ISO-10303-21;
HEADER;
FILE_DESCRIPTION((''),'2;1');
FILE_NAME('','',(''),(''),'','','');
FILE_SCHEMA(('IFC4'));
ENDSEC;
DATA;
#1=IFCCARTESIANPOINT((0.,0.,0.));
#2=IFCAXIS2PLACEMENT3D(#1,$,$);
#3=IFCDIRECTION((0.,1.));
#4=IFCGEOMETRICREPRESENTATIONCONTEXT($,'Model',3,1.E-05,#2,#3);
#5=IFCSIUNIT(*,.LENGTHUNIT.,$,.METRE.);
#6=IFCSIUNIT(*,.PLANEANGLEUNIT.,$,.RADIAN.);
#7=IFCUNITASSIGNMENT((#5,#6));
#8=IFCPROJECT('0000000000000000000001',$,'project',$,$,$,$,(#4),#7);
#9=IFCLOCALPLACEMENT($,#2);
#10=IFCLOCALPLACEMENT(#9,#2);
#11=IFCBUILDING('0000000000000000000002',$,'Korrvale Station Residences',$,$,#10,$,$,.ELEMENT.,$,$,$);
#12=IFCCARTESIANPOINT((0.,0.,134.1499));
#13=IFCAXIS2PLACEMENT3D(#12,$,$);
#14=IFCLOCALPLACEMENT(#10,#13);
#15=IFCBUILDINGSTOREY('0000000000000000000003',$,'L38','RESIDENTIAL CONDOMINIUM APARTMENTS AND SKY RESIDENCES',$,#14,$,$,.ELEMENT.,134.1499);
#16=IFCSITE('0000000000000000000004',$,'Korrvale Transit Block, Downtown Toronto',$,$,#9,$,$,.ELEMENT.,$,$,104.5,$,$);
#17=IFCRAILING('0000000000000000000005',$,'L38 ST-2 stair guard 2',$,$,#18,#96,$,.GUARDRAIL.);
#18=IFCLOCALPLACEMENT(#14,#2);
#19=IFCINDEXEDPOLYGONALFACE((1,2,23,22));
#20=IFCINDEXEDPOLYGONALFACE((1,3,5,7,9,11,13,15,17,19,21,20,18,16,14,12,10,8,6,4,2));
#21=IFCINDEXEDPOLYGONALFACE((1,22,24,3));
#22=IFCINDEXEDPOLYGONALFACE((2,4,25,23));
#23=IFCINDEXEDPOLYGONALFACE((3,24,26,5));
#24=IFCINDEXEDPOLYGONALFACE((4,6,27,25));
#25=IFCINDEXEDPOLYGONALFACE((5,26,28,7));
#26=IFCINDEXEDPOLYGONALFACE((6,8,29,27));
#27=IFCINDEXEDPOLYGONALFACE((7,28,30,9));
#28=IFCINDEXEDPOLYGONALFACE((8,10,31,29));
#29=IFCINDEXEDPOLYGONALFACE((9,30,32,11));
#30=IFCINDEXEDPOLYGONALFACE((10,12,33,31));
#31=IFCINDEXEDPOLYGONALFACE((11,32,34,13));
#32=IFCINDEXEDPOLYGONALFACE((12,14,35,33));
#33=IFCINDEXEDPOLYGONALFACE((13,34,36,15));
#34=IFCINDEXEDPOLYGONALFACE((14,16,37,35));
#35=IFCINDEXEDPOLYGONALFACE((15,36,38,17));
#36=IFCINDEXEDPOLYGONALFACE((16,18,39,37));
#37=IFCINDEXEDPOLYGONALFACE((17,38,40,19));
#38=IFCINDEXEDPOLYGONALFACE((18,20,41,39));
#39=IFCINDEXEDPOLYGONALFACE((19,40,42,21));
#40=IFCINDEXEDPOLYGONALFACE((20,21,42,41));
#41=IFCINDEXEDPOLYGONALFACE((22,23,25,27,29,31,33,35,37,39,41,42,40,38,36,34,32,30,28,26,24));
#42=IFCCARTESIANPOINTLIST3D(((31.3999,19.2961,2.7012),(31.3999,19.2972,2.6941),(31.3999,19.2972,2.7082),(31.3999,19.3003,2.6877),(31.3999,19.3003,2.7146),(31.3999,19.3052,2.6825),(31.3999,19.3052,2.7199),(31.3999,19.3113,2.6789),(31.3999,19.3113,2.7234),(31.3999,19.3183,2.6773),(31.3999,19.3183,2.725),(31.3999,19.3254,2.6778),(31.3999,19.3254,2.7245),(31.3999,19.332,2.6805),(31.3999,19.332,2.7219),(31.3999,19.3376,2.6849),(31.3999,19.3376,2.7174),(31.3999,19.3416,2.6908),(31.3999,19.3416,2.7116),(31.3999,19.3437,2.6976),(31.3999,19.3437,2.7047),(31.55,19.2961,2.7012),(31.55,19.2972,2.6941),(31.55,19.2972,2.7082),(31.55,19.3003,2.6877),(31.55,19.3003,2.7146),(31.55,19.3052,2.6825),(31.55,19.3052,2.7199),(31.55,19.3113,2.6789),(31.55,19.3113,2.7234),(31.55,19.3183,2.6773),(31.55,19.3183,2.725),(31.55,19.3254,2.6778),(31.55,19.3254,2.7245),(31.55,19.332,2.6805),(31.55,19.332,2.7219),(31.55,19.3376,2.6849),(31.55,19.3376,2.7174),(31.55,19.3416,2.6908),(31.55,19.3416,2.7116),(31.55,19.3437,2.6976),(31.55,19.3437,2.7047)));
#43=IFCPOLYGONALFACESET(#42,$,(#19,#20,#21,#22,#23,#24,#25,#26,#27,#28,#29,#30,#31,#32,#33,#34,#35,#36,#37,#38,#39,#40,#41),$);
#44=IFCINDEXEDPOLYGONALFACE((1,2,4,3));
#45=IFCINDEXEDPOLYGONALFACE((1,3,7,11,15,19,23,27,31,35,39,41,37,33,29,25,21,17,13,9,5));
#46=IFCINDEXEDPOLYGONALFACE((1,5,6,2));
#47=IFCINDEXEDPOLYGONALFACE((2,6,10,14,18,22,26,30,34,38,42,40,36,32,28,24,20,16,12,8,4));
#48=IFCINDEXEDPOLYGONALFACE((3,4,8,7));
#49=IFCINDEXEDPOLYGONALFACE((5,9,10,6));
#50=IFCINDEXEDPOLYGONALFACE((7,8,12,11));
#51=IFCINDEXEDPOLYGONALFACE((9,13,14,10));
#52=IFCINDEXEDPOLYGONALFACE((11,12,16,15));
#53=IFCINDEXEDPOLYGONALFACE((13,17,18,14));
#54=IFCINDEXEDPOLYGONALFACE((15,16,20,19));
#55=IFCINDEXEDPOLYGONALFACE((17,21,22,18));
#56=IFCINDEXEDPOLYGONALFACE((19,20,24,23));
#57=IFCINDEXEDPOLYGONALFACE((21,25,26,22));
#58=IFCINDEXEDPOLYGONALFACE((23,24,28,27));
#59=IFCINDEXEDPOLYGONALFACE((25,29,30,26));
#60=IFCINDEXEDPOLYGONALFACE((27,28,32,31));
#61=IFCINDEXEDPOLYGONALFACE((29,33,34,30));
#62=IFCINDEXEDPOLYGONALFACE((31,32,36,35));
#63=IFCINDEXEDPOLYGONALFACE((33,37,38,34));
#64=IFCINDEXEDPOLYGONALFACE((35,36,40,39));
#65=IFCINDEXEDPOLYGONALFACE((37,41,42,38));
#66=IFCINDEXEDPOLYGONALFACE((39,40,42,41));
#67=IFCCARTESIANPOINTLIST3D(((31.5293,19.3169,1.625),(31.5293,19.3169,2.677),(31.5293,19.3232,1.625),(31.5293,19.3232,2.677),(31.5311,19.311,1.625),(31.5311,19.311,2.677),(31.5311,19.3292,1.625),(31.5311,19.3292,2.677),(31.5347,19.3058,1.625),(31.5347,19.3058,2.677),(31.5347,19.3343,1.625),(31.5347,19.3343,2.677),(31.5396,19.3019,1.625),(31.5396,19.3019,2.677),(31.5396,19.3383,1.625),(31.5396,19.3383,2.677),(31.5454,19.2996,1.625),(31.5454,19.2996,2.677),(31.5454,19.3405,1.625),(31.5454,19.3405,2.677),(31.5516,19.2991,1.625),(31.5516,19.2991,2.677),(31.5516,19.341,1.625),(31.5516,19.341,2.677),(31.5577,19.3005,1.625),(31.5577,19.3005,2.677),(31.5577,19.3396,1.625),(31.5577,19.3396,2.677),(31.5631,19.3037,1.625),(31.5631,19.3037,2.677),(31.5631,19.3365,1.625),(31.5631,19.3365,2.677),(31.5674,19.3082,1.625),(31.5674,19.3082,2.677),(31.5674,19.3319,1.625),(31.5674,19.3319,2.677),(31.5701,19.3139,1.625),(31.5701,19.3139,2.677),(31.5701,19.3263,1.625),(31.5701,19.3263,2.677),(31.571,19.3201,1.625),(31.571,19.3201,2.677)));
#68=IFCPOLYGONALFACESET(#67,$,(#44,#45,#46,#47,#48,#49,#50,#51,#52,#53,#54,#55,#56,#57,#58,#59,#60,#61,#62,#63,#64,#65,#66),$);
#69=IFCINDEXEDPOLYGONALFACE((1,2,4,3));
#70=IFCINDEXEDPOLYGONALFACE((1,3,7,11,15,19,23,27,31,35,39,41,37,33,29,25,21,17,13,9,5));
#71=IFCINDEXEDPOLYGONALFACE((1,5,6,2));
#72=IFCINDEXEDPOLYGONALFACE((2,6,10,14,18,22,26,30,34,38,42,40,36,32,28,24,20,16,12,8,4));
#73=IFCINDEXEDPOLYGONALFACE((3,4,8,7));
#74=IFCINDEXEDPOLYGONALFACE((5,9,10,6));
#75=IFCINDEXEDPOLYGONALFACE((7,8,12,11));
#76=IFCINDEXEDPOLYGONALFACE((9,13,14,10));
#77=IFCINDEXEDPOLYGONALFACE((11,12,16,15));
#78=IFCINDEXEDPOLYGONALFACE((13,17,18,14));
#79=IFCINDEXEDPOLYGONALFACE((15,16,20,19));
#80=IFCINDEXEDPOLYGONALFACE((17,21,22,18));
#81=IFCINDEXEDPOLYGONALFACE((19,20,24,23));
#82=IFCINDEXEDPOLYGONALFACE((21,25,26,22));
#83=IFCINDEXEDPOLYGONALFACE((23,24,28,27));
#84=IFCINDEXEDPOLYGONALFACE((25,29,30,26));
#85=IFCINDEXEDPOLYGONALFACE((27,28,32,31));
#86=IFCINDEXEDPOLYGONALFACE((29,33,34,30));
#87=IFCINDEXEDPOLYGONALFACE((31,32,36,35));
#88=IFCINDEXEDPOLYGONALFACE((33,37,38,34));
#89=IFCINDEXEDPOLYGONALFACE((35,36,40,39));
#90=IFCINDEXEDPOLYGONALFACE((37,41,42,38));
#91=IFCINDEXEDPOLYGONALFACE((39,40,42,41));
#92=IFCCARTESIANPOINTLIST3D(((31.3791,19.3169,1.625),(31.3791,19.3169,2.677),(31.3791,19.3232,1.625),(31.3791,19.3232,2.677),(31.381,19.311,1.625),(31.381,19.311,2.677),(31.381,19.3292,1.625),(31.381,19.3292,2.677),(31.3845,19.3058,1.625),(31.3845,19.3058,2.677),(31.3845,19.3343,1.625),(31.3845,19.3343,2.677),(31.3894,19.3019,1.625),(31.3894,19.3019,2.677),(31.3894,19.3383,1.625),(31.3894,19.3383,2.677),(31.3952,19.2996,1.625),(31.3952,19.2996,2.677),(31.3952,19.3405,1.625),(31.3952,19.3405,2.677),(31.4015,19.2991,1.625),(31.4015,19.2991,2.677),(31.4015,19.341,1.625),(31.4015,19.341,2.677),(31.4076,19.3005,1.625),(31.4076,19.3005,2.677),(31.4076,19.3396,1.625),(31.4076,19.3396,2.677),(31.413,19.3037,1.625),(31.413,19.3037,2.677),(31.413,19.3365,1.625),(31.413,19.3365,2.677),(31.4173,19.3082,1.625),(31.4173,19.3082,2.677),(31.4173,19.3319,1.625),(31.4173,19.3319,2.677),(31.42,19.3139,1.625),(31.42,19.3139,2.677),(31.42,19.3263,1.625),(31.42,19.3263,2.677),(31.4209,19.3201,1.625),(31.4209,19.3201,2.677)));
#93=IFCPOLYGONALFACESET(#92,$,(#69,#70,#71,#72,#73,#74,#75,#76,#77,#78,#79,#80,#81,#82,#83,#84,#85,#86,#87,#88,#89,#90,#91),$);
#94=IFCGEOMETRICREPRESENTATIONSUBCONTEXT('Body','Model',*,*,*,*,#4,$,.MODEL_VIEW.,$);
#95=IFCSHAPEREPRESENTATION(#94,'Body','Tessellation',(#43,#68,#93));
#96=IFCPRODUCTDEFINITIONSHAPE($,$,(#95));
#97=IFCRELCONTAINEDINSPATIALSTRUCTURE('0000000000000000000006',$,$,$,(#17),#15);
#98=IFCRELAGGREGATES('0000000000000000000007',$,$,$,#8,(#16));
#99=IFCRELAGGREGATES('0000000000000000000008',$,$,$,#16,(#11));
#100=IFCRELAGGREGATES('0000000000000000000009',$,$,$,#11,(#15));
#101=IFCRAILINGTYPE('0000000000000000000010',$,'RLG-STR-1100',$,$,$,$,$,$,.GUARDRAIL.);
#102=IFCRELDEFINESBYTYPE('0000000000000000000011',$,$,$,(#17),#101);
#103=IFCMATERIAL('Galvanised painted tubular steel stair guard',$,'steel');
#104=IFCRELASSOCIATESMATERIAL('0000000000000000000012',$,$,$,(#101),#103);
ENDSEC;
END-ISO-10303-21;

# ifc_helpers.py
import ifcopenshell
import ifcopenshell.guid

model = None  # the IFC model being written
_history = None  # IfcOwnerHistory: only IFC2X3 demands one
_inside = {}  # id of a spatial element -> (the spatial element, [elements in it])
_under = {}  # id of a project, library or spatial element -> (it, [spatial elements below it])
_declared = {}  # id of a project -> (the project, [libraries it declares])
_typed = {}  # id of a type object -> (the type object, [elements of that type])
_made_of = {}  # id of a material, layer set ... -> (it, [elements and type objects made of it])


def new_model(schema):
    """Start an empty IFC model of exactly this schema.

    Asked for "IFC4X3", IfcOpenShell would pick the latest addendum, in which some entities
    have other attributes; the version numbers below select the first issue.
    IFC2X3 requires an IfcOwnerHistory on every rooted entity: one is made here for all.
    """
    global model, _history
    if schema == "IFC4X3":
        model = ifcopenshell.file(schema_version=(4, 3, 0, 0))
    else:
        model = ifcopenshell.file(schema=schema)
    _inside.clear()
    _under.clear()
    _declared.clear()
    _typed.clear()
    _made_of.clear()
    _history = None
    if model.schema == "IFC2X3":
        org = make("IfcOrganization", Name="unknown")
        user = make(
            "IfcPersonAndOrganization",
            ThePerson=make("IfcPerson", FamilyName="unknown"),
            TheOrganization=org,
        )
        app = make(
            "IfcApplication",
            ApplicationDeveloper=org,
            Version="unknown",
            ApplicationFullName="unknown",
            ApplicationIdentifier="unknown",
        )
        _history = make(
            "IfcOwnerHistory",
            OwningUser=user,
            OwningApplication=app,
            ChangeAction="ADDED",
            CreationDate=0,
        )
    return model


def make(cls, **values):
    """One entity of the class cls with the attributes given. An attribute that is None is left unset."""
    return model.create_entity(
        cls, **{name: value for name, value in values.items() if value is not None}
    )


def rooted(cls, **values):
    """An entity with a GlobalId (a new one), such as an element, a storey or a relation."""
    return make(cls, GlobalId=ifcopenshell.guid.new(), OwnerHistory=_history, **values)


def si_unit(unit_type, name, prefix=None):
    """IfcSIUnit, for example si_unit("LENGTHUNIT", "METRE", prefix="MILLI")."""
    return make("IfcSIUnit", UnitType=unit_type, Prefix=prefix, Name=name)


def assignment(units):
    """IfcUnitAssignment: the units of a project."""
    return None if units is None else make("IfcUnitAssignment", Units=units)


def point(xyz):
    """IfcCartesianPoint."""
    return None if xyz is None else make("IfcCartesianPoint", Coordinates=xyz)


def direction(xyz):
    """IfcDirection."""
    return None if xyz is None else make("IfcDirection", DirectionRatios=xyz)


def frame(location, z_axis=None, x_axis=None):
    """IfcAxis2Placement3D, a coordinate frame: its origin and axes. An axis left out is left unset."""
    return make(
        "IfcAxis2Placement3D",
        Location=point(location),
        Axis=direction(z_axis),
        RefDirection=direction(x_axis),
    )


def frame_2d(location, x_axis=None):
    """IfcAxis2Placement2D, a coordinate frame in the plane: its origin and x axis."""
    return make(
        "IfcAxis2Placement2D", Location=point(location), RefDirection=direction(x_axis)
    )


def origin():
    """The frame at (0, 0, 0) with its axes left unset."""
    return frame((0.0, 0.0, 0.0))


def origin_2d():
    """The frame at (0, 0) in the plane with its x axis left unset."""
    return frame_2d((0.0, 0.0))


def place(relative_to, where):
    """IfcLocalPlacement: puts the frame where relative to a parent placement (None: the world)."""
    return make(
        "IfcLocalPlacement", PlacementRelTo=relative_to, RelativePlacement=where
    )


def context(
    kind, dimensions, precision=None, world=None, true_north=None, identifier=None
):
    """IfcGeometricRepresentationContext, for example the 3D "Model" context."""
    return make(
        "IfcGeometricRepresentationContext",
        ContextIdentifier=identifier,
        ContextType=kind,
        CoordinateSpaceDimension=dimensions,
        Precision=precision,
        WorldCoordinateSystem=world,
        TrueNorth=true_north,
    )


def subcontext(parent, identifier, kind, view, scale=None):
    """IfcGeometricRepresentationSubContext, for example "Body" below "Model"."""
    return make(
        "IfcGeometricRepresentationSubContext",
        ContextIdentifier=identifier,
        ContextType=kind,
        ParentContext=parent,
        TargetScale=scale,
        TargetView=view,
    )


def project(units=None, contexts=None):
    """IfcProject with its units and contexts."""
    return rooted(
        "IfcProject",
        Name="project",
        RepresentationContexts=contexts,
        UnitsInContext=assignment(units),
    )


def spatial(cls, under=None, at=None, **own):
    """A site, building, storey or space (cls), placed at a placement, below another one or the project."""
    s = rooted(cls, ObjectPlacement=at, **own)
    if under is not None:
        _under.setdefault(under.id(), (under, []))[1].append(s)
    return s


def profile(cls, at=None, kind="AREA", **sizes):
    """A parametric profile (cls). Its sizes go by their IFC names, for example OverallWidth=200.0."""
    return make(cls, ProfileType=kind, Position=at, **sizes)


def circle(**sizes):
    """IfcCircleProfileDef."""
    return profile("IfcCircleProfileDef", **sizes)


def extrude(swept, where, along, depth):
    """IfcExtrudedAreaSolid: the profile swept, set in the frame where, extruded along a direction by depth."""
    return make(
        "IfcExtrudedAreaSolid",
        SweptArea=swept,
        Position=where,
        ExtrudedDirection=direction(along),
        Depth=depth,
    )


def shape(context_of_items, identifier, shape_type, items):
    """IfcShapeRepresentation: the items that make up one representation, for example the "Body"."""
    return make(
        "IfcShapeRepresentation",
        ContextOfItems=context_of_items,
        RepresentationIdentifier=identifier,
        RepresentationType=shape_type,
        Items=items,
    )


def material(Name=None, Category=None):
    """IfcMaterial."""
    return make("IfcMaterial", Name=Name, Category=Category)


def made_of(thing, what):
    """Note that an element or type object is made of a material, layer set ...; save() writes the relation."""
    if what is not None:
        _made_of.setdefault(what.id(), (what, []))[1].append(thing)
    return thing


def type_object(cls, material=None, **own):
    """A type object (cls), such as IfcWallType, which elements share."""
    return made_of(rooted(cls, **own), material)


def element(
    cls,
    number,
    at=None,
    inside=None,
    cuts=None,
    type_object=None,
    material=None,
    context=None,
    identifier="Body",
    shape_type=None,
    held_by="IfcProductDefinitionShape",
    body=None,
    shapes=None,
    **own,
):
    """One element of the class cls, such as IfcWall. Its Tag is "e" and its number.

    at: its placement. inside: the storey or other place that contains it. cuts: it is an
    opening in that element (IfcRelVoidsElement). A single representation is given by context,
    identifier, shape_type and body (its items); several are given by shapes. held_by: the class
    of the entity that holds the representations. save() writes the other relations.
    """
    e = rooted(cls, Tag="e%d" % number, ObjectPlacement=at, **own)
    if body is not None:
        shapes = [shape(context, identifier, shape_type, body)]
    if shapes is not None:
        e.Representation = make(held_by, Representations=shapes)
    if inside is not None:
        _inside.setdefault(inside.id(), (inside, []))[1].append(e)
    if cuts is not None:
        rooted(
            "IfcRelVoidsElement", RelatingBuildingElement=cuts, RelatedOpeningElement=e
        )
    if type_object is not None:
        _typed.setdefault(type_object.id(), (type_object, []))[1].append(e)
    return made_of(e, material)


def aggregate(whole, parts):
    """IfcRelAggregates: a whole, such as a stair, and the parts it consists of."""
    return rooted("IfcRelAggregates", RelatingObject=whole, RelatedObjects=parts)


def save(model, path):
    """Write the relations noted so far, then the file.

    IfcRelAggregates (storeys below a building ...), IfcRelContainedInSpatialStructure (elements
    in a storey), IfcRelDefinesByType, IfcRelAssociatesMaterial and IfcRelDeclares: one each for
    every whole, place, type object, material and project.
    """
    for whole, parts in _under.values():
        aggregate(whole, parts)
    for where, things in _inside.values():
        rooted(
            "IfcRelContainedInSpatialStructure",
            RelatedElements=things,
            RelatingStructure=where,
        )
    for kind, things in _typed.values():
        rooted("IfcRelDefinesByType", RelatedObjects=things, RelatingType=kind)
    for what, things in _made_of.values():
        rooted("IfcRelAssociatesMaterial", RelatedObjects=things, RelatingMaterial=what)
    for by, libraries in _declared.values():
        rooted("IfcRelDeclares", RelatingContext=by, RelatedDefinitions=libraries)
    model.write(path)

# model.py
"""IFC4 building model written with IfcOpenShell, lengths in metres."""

from ifc_helpers import new_model, si_unit, direction, frame, origin, origin_2d, place, context, subcontext, project, spatial, circle, extrude, material, type_object, element, save


model = new_model("IFC4")

# Units and contexts
model_context = context("Model", 3, precision=1e-05, world=origin(), true_north=direction((0.0, 1.0)))
body_context = subcontext(model_context, "Body", "Model", "MODEL_VIEW")
ifc_project = project(units=[si_unit("LENGTHUNIT", "METRE"), si_unit("PLANEANGLEUNIT", "RADIAN")], contexts=[model_context])

# Site, building, storey
site_placement = place(None, origin())
site = spatial("IfcSite", under=ifc_project, at=site_placement, Name="Korrvale Transit Block, Downtown Toronto", CompositionType="ELEMENT", RefElevation=104.5)
building_placement = place(site_placement, origin())
building = spatial("IfcBuilding", under=site, at=building_placement, Name="Korrvale Station Residences", CompositionType="ELEMENT")
storey_placement = place(building_placement, frame((0.0, 0.0, 134.1499)))
storey = spatial("IfcBuildingStorey", under=building, at=storey_placement, Name="L38", Description="RESIDENTIAL CONDOMINIUM APARTMENTS AND SKY RESIDENCES", CompositionType="ELEMENT", Elevation=134.1499)

# Railing
ifc_material_1 = material(Name="Galvanised painted tubular steel stair guard", Category="steel")
railing_type_1 = type_object("IfcRailingType", Name="RLG-STR-1100", PredefinedType="GUARDRAIL", material=ifc_material_1)
railing_1_placement = place(storey_placement, frame((31.55, 19.3201, 1.625)))
element("IfcRailing", 1, at=railing_1_placement, inside=storey, type_object=railing_type_1, Name="L38 ST-2 stair guard 2", PredefinedType="GUARDRAIL", context=body_context, shape_type="SweptSolid", body=[
    extrude(circle(Radius=0.0239, at=origin_2d()), frame((0.0, 0.0, 1.0762), z_axis=(-1.0, 0.0, 0.0), x_axis=(0.0, -1.0, 0.0)), (0.0, 0.0, 1.0), 0.1501),
    extrude(circle(Radius=0.021, at=origin_2d()), origin(), (0.0, 0.0, 1.0), 1.052),
    extrude(circle(Radius=0.021, at=origin_2d()), frame((-0.1501, 0.0, 0.0)), (0.0, 0.0, 1.0), 1.052),
])

save(model, "model.ifc")
